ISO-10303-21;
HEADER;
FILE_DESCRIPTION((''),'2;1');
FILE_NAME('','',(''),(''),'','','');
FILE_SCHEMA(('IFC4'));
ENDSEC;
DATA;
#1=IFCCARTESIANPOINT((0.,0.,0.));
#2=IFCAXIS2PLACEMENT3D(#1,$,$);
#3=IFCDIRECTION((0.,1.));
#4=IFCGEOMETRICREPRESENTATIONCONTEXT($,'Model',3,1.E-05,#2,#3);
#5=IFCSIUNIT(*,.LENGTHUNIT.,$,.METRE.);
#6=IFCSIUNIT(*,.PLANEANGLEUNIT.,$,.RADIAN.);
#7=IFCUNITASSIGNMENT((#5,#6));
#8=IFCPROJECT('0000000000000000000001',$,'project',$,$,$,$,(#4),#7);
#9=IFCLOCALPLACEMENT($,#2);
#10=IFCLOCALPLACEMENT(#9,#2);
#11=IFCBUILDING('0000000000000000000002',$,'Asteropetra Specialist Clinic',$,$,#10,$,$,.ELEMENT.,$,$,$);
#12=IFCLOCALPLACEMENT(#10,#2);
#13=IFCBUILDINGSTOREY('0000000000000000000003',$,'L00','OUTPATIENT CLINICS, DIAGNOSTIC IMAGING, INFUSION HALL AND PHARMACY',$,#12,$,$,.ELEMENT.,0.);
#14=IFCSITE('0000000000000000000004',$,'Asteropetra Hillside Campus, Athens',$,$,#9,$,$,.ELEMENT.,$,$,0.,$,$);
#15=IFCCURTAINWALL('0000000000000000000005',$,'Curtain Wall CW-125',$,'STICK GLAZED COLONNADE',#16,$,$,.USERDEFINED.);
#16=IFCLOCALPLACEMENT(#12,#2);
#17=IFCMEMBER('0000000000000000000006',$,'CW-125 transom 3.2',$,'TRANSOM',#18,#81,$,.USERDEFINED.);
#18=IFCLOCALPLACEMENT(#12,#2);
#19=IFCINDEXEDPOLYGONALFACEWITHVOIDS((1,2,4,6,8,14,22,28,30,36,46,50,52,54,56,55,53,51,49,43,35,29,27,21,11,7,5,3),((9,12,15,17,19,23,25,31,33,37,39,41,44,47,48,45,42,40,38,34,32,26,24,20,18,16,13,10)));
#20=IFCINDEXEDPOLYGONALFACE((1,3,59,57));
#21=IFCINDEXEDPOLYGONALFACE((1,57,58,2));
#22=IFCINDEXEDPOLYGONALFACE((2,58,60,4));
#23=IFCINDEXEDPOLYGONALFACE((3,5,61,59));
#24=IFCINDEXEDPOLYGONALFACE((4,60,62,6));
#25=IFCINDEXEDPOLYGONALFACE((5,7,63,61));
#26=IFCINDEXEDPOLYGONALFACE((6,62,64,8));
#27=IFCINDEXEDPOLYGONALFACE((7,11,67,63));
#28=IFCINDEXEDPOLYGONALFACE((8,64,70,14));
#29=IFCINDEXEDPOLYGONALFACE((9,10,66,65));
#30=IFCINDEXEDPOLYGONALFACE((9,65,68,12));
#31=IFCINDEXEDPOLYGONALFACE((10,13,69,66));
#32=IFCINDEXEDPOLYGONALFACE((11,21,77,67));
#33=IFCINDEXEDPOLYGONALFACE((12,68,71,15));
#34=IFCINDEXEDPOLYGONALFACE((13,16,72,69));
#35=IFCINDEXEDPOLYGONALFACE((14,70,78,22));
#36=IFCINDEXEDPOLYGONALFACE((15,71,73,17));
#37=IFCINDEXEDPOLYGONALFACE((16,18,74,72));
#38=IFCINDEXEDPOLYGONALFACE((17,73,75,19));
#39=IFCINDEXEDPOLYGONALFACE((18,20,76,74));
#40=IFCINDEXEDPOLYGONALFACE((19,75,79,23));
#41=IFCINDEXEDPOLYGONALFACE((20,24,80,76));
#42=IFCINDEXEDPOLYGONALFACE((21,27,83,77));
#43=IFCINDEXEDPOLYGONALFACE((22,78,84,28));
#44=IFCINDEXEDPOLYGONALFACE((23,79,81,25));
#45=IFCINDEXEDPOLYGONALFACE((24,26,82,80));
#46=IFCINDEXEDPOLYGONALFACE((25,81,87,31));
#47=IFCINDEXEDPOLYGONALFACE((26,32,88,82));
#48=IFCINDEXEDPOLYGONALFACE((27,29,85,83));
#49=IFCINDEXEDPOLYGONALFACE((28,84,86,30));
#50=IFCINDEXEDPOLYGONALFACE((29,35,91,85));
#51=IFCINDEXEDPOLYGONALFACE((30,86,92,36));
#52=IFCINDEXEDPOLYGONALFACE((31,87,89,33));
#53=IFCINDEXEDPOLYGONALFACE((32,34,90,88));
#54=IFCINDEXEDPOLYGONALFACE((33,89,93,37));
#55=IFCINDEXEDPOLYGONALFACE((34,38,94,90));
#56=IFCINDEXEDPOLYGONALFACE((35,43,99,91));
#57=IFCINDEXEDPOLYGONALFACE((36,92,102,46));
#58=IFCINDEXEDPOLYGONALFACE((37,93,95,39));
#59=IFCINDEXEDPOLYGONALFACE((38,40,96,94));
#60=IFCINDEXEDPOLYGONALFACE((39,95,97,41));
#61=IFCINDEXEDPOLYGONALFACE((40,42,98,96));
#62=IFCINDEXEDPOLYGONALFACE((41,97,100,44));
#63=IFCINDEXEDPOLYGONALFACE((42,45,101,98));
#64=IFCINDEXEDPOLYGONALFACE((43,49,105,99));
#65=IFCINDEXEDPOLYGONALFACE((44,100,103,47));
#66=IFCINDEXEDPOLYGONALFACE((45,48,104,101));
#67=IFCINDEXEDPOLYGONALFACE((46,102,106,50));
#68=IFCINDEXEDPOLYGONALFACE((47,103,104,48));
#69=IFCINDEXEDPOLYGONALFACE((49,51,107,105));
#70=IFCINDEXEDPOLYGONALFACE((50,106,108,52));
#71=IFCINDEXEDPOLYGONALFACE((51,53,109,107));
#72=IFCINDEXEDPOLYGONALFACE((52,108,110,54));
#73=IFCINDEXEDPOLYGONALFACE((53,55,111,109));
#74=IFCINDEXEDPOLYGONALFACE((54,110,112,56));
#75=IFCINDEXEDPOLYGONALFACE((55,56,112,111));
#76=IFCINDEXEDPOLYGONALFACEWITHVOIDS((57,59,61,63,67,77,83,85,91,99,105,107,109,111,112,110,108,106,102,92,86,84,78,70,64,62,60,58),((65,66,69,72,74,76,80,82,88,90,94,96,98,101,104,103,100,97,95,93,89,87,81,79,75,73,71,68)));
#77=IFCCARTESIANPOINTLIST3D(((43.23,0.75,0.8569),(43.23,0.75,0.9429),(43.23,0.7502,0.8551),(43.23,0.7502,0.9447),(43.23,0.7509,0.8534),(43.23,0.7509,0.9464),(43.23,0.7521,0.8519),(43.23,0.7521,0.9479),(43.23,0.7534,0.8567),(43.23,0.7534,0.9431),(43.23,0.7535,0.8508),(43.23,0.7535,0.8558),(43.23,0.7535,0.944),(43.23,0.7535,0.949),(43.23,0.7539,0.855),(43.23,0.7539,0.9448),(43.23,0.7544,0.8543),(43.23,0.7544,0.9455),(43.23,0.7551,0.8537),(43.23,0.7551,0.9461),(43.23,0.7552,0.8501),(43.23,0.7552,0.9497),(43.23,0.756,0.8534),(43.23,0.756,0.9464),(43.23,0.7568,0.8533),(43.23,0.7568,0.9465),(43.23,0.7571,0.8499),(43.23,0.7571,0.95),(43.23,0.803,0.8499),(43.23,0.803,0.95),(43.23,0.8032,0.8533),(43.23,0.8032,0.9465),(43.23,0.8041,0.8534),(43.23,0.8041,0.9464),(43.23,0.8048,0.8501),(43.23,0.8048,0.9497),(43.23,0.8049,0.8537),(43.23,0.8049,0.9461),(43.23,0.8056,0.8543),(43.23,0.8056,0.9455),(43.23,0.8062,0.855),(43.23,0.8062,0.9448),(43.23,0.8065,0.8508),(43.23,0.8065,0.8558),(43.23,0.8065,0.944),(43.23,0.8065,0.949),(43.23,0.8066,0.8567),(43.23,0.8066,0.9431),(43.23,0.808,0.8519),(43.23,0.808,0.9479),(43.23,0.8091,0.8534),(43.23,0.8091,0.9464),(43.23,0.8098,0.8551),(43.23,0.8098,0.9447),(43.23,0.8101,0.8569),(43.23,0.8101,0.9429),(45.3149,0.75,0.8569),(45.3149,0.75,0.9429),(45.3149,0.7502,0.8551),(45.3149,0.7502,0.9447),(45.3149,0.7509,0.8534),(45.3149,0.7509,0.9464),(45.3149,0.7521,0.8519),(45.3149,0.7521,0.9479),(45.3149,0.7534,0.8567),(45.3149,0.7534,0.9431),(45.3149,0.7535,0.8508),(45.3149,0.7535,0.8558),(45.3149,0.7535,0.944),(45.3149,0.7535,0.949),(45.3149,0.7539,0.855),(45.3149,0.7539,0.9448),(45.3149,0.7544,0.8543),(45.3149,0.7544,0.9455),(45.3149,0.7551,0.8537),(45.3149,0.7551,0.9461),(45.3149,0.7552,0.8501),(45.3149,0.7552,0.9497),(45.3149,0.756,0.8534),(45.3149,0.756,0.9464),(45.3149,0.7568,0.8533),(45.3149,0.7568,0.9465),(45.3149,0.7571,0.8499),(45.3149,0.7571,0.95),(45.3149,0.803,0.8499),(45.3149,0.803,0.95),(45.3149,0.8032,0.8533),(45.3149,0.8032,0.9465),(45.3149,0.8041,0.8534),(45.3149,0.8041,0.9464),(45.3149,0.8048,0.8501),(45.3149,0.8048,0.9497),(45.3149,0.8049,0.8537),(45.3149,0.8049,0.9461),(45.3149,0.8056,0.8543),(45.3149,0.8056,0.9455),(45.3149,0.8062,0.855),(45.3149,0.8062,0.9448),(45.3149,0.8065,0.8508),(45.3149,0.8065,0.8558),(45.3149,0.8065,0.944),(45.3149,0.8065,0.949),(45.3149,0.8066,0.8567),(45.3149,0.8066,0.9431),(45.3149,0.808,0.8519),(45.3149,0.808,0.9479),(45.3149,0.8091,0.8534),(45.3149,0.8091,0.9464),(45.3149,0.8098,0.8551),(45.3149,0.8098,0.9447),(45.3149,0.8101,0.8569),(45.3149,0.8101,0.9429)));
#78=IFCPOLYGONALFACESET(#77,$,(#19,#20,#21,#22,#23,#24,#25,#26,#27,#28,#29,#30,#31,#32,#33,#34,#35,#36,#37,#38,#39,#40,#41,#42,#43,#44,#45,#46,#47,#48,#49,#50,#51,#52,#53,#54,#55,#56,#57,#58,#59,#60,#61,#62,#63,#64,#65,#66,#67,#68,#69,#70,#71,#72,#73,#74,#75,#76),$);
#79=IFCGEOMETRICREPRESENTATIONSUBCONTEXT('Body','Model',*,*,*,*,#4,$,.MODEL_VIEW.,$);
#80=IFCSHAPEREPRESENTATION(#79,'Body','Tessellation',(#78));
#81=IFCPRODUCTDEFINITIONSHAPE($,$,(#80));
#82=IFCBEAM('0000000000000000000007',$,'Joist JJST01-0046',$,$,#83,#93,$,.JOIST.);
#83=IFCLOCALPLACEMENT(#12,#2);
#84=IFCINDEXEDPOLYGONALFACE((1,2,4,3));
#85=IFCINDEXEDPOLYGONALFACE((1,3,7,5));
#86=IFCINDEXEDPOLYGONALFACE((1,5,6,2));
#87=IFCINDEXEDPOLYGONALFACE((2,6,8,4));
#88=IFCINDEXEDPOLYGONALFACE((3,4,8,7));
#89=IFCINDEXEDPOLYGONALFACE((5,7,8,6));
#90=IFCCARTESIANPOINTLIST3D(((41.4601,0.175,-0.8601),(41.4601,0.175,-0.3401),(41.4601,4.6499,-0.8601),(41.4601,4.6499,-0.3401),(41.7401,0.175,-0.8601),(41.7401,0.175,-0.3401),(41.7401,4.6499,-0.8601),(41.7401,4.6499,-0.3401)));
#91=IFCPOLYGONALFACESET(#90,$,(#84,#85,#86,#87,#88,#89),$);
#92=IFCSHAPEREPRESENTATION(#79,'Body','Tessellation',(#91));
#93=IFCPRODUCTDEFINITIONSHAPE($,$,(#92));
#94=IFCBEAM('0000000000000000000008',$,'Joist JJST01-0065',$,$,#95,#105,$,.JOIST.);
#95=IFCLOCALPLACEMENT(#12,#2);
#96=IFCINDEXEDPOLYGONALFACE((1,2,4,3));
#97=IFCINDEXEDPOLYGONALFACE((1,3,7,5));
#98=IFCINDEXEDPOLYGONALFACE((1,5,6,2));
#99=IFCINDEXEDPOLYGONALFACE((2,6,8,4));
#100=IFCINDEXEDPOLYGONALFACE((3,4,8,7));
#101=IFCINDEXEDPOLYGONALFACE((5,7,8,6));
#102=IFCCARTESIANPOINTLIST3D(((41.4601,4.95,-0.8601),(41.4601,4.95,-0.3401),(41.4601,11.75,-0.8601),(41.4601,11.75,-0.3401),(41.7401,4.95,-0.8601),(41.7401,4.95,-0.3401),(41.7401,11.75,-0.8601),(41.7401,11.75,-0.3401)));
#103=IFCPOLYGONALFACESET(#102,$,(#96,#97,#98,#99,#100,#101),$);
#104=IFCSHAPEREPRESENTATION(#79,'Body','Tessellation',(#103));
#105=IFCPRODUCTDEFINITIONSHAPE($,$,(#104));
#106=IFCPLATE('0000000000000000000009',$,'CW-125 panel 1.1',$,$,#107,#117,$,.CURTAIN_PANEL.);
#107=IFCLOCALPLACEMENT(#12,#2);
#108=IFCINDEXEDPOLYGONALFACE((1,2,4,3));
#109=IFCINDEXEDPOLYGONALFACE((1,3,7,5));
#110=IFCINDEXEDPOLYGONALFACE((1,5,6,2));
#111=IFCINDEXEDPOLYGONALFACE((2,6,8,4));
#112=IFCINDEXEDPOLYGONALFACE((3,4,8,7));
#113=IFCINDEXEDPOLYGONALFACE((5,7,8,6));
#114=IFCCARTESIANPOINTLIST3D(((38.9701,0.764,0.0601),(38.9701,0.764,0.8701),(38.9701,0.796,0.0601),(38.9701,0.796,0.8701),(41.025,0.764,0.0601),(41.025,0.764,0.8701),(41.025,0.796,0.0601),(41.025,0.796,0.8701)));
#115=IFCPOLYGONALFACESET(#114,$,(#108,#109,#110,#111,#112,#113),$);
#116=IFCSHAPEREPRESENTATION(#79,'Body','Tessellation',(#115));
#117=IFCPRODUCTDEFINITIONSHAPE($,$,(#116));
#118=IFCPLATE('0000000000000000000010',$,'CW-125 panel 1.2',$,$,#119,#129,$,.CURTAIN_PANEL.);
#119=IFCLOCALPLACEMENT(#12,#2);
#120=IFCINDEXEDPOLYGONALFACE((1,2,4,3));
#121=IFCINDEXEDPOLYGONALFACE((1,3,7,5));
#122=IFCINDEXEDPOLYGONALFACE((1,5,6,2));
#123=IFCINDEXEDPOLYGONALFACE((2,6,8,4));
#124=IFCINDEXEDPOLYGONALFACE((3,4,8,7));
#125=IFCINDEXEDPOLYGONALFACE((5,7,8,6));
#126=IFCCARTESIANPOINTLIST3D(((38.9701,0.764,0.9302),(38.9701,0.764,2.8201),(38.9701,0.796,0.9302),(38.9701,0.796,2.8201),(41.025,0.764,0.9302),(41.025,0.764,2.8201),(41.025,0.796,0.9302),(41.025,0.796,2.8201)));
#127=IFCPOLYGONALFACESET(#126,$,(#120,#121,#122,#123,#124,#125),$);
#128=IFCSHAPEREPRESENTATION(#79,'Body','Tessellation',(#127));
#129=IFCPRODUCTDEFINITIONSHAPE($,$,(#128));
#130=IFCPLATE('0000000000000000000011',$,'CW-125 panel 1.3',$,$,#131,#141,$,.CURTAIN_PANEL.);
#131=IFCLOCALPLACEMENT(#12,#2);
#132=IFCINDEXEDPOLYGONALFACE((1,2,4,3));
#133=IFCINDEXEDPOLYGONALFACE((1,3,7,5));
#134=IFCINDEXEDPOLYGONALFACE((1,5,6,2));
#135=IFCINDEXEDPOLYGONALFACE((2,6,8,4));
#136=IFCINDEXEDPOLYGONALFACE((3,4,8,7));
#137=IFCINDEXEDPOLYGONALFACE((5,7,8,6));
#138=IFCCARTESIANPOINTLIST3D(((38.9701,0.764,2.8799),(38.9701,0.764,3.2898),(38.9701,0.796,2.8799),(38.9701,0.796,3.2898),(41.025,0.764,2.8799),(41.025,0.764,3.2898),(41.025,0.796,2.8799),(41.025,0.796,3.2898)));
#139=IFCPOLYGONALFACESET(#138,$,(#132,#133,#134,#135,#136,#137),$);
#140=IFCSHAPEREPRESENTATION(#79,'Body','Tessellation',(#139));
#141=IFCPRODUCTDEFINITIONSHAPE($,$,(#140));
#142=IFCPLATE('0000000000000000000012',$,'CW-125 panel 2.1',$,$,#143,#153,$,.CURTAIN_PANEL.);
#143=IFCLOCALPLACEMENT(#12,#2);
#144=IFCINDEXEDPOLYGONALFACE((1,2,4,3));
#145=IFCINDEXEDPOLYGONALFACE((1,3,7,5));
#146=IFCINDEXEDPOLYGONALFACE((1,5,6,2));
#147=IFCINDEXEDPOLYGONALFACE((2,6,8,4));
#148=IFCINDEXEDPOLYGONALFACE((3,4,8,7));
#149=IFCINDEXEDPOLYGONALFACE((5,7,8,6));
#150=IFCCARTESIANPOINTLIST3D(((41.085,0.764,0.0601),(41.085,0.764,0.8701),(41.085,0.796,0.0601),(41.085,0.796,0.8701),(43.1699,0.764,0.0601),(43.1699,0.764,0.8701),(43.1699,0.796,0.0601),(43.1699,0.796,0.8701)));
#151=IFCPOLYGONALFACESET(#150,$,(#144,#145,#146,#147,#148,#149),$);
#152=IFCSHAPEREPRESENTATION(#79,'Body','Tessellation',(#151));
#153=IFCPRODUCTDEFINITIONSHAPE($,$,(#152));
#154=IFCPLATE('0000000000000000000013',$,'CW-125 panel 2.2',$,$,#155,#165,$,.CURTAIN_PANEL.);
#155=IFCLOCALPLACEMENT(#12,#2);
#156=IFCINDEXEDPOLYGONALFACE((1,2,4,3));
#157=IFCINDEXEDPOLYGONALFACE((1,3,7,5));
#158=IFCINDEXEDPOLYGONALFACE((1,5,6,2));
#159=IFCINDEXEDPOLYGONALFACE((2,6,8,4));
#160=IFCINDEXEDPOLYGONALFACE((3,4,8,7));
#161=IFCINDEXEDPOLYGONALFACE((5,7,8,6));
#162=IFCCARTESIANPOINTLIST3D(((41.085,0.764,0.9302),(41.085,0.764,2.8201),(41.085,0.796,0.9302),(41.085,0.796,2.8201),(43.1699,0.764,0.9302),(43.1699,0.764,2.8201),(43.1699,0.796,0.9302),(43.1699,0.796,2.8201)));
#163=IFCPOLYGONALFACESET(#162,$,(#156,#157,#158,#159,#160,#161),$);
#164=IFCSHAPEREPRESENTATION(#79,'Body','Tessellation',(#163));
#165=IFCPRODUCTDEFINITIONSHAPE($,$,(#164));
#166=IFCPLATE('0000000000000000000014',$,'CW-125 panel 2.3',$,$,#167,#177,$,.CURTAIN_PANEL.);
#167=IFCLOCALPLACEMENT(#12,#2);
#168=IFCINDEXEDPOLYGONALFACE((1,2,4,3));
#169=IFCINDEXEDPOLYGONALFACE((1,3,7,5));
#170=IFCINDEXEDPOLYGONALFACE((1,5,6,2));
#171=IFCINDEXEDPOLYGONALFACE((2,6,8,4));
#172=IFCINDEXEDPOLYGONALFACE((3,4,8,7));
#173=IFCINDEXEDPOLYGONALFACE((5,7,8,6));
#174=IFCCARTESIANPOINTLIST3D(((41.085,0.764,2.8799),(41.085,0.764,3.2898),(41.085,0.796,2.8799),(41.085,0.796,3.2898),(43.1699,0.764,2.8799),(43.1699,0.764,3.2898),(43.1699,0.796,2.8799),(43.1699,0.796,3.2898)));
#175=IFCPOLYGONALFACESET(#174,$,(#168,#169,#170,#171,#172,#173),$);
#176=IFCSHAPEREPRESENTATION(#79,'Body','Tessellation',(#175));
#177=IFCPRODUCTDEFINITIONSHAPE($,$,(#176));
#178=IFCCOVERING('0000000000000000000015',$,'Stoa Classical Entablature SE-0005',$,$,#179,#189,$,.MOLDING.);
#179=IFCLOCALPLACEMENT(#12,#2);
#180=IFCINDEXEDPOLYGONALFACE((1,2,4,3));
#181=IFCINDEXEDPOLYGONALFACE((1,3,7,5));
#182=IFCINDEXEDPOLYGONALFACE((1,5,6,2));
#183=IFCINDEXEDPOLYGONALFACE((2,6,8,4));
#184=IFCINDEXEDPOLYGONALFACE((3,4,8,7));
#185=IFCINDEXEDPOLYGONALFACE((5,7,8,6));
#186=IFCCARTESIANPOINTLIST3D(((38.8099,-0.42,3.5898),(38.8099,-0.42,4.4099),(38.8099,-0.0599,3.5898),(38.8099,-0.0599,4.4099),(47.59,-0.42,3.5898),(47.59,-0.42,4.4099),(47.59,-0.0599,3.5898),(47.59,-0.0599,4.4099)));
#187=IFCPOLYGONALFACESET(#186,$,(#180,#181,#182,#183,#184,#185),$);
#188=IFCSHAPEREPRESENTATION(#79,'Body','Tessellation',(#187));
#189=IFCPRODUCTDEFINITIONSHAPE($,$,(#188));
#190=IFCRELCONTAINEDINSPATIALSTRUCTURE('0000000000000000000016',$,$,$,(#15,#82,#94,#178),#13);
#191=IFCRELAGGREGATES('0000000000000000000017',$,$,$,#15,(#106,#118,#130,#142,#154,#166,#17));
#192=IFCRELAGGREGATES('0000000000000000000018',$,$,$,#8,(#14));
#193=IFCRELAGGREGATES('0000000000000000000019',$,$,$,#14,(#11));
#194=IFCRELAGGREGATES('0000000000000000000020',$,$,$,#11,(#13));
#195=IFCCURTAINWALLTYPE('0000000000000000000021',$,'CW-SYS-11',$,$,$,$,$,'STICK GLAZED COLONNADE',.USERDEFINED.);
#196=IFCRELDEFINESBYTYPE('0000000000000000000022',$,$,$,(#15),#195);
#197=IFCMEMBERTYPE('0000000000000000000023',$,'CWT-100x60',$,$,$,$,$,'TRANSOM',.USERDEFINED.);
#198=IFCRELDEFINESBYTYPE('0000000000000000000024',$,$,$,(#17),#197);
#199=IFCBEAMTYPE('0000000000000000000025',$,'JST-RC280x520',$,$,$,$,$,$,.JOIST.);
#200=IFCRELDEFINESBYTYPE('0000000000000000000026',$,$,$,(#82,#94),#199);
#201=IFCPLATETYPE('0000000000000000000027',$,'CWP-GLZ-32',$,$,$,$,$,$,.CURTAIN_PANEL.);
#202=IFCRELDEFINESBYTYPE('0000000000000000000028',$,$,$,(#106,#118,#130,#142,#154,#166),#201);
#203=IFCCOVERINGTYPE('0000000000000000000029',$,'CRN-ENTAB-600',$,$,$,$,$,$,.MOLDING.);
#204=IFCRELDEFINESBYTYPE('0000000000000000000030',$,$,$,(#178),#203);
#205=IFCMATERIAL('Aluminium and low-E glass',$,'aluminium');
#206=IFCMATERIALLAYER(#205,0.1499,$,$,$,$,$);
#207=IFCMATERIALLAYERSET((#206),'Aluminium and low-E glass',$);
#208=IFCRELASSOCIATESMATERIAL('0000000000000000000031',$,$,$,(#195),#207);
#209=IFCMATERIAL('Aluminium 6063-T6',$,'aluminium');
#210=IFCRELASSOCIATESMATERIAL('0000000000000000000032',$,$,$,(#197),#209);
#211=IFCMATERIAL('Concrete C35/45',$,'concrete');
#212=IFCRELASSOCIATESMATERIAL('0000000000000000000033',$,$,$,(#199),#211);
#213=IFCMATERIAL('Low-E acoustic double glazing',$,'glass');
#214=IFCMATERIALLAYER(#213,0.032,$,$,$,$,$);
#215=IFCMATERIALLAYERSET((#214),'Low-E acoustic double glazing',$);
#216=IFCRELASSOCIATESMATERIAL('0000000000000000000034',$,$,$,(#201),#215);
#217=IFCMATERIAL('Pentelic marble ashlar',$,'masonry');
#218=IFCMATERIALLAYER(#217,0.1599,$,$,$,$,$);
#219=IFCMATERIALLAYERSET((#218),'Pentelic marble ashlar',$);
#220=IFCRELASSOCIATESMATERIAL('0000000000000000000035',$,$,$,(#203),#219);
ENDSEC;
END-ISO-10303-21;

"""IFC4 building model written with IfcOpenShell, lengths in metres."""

from ifc_helpers import new_model, si_unit, direction, frame, origin, origin_2d, place, context, subcontext, project, spatial, rectangle, hollow_rectangle, extrude, material, layer, layer_set, material_profile, profile_set, type_object, element, aggregate, save


model = new_model("IFC4")

# Units and contexts
model_context = context("Model", 3, precision=1e-05, world=origin(), true_north=direction((0.0, 1.0)))
body_context = subcontext(model_context, "Body", "Model", "MODEL_VIEW")
ifc_project = project(units=[si_unit("LENGTHUNIT", "METRE"), si_unit("PLANEANGLEUNIT", "RADIAN")], contexts=[model_context])

# Site, building, storey
site_placement = place(None, origin())
site = spatial("IfcSite", under=ifc_project, at=site_placement, Name="Asteropetra Hillside Campus, Athens", CompositionType="ELEMENT", RefElevation=0.0)
building_placement = place(site_placement, origin())
building = spatial("IfcBuilding", under=site, at=building_placement, Name="Asteropetra Specialist Clinic", CompositionType="ELEMENT")
storey_placement = place(building_placement, origin())
storey = spatial("IfcBuildingStorey", under=building, at=storey_placement, Name="L00", Description="OUTPATIENT CLINICS, DIAGNOSTIC IMAGING, INFUSION HALL AND PHARMACY", CompositionType="ELEMENT", Elevation=0.0)

# Curtain wall, member
ifc_material_1 = material(Name="Aluminium and low-E glass", Category="aluminium")
ifc_layer_1 = layer(ifc_material_1, 0.1499)
ifc_layer_set_1 = layer_set([ifc_layer_1], Name="Aluminium and low-E glass")
curtain_wall_type = type_object("IfcCurtainWallType", Name="CW-SYS-11", ElementType="STICK GLAZED COLONNADE", PredefinedType="USERDEFINED", material=ifc_layer_set_1)
curtain_wall_placement = place(storey_placement, origin())
curtain_wall = element("IfcCurtainWall", 1, at=curtain_wall_placement, inside=storey, type_object=curtain_wall_type, Name="Curtain Wall CW-125", ObjectType="STICK GLAZED COLONNADE", PredefinedType="USERDEFINED")
ifc_material_2 = material(Name="Aluminium 6063-T6", Category="aluminium")
ifc_material_profile_1 = material_profile(ifc_material_2, hollow_rectangle(XDim=0.0601, YDim=0.1001, WallThickness=0.0034, InnerFilletRadius=0.0034, OuterFilletRadius=0.0071, at=origin_2d()), Name="TRN 100x60x3.5")
ifc_profile_set_1 = profile_set([ifc_material_profile_1], Name="Aluminium 6063-T6")
member_type_1 = type_object("IfcMemberType", Name="CWT-100x60", ElementType="TRANSOM", PredefinedType="USERDEFINED", material=ifc_profile_set_1)
member_1_placement = place(storey_placement, frame((43.23, 0.78, 0.8999), z_axis=(1.0, 0.0, 0.0), x_axis=(0.0, 1.0, 0.0)))
member_1 = element("IfcMember", 2, at=member_1_placement, type_object=member_type_1, Name="CW-125 transom 3.2", ObjectType="TRANSOM", PredefinedType="USERDEFINED", context=body_context, shape_type="SweptSolid", body=[
    extrude(hollow_rectangle(XDim=0.0601, YDim=0.1001, WallThickness=0.0034, InnerFilletRadius=0.0034, OuterFilletRadius=0.0071, at=origin_2d()), origin(), (0.0, 0.0, 1.0), 2.085),
])

# Beams
ifc_material_3 = material(Name="Concrete C35/45", Category="concrete")
ifc_material_profile_2 = material_profile(ifc_material_3, rectangle(XDim=0.28, YDim=0.52, at=origin_2d()), Name="RCJ 280x520")
ifc_profile_set_2 = profile_set([ifc_material_profile_2], Name="Concrete C35/45")
beam_type = type_object("IfcBeamType", Name="JST-RC280x520", PredefinedType="JOIST", material=ifc_profile_set_2)
beam_1_placement = place(storey_placement, frame((41.6001, 0.175, -0.6001), z_axis=(0.0, 1.0, 0.0), x_axis=(-1.0, 0.0, 0.0)))
element("IfcBeam", 3, at=beam_1_placement, inside=storey, type_object=beam_type, Name="Joist JJST01-0046", PredefinedType="JOIST", context=body_context, shape_type="SweptSolid", body=[
    extrude(rectangle(XDim=0.28, YDim=0.52, at=origin_2d()), origin(), (0.0, 0.0, 1.0), 4.4749),
])
beam_2_placement = place(storey_placement, frame((41.6001, 4.95, -0.6001), z_axis=(0.0, 1.0, 0.0), x_axis=(-1.0, 0.0, 0.0)))
element("IfcBeam", 4, at=beam_2_placement, inside=storey, type_object=beam_type, Name="Joist JJST01-0065", PredefinedType="JOIST", context=body_context, shape_type="SweptSolid", body=[
    extrude(rectangle(XDim=0.28, YDim=0.52, at=origin_2d()), origin(), (0.0, 0.0, 1.0), 6.8),
])

# Plates
ifc_material_4 = material(Name="Low-E acoustic double glazing", Category="glass")
ifc_layer_2 = layer(ifc_material_4, 0.032)
ifc_layer_set_2 = layer_set([ifc_layer_2], Name="Low-E acoustic double glazing")
plate_type = type_object("IfcPlateType", Name="CWP-GLZ-32", PredefinedType="CURTAIN_PANEL", material=ifc_layer_set_2)
plate_1_placement = place(storey_placement, frame((39.9976, 0.78, 0.0601), z_axis=(0.0, 0.0, 1.0), x_axis=(1.0, 0.0, 0.0)))
plate_1 = element("IfcPlate", 5, at=plate_1_placement, type_object=plate_type, Name="CW-125 panel 1.1", PredefinedType="CURTAIN_PANEL", context=body_context, shape_type="SweptSolid", body=[
    extrude(rectangle(XDim=2.0549, YDim=0.032, at=origin_2d()), origin(), (0.0, 0.0, 1.0), 0.8101),
])
plate_2_placement = place(storey_placement, frame((39.9976, 0.78, 0.9302), z_axis=(0.0, 0.0, 1.0), x_axis=(1.0, 0.0, 0.0)))
plate_2 = element("IfcPlate", 6, at=plate_2_placement, type_object=plate_type, Name="CW-125 panel 1.2", PredefinedType="CURTAIN_PANEL", context=body_context, shape_type="SweptSolid", body=[
    extrude(rectangle(XDim=2.0549, YDim=0.032, at=origin_2d()), origin(), (0.0, 0.0, 1.0), 1.8899),
])
plate_3_placement = place(storey_placement, frame((39.9976, 0.78, 2.8799), z_axis=(0.0, 0.0, 1.0), x_axis=(1.0, 0.0, 0.0)))
plate_3 = element("IfcPlate", 7, at=plate_3_placement, type_object=plate_type, Name="CW-125 panel 1.3", PredefinedType="CURTAIN_PANEL", context=body_context, shape_type="SweptSolid", body=[
    extrude(rectangle(XDim=2.0549, YDim=0.032, at=origin_2d()), origin(), (0.0, 0.0, 1.0), 0.4099),
])
plate_4_placement = place(storey_placement, frame((42.1274, 0.78, 0.0601), z_axis=(0.0, 0.0, 1.0), x_axis=(1.0, 0.0, 0.0)))
plate_4 = element("IfcPlate", 8, at=plate_4_placement, type_object=plate_type, Name="CW-125 panel 2.1", PredefinedType="CURTAIN_PANEL", context=body_context, shape_type="SweptSolid", body=[
    extrude(rectangle(XDim=2.085, YDim=0.032, at=origin_2d()), origin(), (0.0, 0.0, 1.0), 0.8101),
])
plate_5_placement = place(storey_placement, frame((42.1274, 0.78, 0.9302), z_axis=(0.0, 0.0, 1.0), x_axis=(1.0, 0.0, 0.0)))
plate_5 = element("IfcPlate", 9, at=plate_5_placement, type_object=plate_type, Name="CW-125 panel 2.2", PredefinedType="CURTAIN_PANEL", context=body_context, shape_type="SweptSolid", body=[
    extrude(rectangle(XDim=2.085, YDim=0.032, at=origin_2d()), origin(), (0.0, 0.0, 1.0), 1.8899),
])
plate_6_placement = place(storey_placement, frame((42.1274, 0.78, 2.8799), z_axis=(0.0, 0.0, 1.0), x_axis=(1.0, 0.0, 0.0)))
plate_6 = element("IfcPlate", 10, at=plate_6_placement, type_object=plate_type, Name="CW-125 panel 2.3", PredefinedType="CURTAIN_PANEL", context=body_context, shape_type="SweptSolid", body=[
    extrude(rectangle(XDim=2.085, YDim=0.032, at=origin_2d()), origin(), (0.0, 0.0, 1.0), 0.4099),
])
aggregate(curtain_wall, [plate_1, plate_2, plate_3, plate_4, plate_5, plate_6, member_1])

# Covering
ifc_material_5 = material(Name="Pentelic marble ashlar", Category="masonry")
ifc_layer_3 = layer(ifc_material_5, 0.1599)
ifc_layer_set_3 = layer_set([ifc_layer_3], Name="Pentelic marble ashlar")
covering_type = type_object("IfcCoveringType", Name="CRN-ENTAB-600", PredefinedType="MOLDING", material=ifc_layer_set_3)
covering_placement = place(storey_placement, frame((43.2, -0.24, 3.5898), z_axis=(0.0, 0.0, 1.0), x_axis=(1.0, 0.0, 0.0)))
element("IfcCovering", 11, at=covering_placement, inside=storey, type_object=covering_type, Name="Stoa Classical Entablature SE-0005", PredefinedType="MOLDING", context=body_context, shape_type="SweptSolid", body=[
    extrude(rectangle(XDim=8.78, YDim=0.3601, at=origin_2d()), origin(), (0.0, 0.0, 1.0), 0.8201),
])

save(model, "model.ifc")
